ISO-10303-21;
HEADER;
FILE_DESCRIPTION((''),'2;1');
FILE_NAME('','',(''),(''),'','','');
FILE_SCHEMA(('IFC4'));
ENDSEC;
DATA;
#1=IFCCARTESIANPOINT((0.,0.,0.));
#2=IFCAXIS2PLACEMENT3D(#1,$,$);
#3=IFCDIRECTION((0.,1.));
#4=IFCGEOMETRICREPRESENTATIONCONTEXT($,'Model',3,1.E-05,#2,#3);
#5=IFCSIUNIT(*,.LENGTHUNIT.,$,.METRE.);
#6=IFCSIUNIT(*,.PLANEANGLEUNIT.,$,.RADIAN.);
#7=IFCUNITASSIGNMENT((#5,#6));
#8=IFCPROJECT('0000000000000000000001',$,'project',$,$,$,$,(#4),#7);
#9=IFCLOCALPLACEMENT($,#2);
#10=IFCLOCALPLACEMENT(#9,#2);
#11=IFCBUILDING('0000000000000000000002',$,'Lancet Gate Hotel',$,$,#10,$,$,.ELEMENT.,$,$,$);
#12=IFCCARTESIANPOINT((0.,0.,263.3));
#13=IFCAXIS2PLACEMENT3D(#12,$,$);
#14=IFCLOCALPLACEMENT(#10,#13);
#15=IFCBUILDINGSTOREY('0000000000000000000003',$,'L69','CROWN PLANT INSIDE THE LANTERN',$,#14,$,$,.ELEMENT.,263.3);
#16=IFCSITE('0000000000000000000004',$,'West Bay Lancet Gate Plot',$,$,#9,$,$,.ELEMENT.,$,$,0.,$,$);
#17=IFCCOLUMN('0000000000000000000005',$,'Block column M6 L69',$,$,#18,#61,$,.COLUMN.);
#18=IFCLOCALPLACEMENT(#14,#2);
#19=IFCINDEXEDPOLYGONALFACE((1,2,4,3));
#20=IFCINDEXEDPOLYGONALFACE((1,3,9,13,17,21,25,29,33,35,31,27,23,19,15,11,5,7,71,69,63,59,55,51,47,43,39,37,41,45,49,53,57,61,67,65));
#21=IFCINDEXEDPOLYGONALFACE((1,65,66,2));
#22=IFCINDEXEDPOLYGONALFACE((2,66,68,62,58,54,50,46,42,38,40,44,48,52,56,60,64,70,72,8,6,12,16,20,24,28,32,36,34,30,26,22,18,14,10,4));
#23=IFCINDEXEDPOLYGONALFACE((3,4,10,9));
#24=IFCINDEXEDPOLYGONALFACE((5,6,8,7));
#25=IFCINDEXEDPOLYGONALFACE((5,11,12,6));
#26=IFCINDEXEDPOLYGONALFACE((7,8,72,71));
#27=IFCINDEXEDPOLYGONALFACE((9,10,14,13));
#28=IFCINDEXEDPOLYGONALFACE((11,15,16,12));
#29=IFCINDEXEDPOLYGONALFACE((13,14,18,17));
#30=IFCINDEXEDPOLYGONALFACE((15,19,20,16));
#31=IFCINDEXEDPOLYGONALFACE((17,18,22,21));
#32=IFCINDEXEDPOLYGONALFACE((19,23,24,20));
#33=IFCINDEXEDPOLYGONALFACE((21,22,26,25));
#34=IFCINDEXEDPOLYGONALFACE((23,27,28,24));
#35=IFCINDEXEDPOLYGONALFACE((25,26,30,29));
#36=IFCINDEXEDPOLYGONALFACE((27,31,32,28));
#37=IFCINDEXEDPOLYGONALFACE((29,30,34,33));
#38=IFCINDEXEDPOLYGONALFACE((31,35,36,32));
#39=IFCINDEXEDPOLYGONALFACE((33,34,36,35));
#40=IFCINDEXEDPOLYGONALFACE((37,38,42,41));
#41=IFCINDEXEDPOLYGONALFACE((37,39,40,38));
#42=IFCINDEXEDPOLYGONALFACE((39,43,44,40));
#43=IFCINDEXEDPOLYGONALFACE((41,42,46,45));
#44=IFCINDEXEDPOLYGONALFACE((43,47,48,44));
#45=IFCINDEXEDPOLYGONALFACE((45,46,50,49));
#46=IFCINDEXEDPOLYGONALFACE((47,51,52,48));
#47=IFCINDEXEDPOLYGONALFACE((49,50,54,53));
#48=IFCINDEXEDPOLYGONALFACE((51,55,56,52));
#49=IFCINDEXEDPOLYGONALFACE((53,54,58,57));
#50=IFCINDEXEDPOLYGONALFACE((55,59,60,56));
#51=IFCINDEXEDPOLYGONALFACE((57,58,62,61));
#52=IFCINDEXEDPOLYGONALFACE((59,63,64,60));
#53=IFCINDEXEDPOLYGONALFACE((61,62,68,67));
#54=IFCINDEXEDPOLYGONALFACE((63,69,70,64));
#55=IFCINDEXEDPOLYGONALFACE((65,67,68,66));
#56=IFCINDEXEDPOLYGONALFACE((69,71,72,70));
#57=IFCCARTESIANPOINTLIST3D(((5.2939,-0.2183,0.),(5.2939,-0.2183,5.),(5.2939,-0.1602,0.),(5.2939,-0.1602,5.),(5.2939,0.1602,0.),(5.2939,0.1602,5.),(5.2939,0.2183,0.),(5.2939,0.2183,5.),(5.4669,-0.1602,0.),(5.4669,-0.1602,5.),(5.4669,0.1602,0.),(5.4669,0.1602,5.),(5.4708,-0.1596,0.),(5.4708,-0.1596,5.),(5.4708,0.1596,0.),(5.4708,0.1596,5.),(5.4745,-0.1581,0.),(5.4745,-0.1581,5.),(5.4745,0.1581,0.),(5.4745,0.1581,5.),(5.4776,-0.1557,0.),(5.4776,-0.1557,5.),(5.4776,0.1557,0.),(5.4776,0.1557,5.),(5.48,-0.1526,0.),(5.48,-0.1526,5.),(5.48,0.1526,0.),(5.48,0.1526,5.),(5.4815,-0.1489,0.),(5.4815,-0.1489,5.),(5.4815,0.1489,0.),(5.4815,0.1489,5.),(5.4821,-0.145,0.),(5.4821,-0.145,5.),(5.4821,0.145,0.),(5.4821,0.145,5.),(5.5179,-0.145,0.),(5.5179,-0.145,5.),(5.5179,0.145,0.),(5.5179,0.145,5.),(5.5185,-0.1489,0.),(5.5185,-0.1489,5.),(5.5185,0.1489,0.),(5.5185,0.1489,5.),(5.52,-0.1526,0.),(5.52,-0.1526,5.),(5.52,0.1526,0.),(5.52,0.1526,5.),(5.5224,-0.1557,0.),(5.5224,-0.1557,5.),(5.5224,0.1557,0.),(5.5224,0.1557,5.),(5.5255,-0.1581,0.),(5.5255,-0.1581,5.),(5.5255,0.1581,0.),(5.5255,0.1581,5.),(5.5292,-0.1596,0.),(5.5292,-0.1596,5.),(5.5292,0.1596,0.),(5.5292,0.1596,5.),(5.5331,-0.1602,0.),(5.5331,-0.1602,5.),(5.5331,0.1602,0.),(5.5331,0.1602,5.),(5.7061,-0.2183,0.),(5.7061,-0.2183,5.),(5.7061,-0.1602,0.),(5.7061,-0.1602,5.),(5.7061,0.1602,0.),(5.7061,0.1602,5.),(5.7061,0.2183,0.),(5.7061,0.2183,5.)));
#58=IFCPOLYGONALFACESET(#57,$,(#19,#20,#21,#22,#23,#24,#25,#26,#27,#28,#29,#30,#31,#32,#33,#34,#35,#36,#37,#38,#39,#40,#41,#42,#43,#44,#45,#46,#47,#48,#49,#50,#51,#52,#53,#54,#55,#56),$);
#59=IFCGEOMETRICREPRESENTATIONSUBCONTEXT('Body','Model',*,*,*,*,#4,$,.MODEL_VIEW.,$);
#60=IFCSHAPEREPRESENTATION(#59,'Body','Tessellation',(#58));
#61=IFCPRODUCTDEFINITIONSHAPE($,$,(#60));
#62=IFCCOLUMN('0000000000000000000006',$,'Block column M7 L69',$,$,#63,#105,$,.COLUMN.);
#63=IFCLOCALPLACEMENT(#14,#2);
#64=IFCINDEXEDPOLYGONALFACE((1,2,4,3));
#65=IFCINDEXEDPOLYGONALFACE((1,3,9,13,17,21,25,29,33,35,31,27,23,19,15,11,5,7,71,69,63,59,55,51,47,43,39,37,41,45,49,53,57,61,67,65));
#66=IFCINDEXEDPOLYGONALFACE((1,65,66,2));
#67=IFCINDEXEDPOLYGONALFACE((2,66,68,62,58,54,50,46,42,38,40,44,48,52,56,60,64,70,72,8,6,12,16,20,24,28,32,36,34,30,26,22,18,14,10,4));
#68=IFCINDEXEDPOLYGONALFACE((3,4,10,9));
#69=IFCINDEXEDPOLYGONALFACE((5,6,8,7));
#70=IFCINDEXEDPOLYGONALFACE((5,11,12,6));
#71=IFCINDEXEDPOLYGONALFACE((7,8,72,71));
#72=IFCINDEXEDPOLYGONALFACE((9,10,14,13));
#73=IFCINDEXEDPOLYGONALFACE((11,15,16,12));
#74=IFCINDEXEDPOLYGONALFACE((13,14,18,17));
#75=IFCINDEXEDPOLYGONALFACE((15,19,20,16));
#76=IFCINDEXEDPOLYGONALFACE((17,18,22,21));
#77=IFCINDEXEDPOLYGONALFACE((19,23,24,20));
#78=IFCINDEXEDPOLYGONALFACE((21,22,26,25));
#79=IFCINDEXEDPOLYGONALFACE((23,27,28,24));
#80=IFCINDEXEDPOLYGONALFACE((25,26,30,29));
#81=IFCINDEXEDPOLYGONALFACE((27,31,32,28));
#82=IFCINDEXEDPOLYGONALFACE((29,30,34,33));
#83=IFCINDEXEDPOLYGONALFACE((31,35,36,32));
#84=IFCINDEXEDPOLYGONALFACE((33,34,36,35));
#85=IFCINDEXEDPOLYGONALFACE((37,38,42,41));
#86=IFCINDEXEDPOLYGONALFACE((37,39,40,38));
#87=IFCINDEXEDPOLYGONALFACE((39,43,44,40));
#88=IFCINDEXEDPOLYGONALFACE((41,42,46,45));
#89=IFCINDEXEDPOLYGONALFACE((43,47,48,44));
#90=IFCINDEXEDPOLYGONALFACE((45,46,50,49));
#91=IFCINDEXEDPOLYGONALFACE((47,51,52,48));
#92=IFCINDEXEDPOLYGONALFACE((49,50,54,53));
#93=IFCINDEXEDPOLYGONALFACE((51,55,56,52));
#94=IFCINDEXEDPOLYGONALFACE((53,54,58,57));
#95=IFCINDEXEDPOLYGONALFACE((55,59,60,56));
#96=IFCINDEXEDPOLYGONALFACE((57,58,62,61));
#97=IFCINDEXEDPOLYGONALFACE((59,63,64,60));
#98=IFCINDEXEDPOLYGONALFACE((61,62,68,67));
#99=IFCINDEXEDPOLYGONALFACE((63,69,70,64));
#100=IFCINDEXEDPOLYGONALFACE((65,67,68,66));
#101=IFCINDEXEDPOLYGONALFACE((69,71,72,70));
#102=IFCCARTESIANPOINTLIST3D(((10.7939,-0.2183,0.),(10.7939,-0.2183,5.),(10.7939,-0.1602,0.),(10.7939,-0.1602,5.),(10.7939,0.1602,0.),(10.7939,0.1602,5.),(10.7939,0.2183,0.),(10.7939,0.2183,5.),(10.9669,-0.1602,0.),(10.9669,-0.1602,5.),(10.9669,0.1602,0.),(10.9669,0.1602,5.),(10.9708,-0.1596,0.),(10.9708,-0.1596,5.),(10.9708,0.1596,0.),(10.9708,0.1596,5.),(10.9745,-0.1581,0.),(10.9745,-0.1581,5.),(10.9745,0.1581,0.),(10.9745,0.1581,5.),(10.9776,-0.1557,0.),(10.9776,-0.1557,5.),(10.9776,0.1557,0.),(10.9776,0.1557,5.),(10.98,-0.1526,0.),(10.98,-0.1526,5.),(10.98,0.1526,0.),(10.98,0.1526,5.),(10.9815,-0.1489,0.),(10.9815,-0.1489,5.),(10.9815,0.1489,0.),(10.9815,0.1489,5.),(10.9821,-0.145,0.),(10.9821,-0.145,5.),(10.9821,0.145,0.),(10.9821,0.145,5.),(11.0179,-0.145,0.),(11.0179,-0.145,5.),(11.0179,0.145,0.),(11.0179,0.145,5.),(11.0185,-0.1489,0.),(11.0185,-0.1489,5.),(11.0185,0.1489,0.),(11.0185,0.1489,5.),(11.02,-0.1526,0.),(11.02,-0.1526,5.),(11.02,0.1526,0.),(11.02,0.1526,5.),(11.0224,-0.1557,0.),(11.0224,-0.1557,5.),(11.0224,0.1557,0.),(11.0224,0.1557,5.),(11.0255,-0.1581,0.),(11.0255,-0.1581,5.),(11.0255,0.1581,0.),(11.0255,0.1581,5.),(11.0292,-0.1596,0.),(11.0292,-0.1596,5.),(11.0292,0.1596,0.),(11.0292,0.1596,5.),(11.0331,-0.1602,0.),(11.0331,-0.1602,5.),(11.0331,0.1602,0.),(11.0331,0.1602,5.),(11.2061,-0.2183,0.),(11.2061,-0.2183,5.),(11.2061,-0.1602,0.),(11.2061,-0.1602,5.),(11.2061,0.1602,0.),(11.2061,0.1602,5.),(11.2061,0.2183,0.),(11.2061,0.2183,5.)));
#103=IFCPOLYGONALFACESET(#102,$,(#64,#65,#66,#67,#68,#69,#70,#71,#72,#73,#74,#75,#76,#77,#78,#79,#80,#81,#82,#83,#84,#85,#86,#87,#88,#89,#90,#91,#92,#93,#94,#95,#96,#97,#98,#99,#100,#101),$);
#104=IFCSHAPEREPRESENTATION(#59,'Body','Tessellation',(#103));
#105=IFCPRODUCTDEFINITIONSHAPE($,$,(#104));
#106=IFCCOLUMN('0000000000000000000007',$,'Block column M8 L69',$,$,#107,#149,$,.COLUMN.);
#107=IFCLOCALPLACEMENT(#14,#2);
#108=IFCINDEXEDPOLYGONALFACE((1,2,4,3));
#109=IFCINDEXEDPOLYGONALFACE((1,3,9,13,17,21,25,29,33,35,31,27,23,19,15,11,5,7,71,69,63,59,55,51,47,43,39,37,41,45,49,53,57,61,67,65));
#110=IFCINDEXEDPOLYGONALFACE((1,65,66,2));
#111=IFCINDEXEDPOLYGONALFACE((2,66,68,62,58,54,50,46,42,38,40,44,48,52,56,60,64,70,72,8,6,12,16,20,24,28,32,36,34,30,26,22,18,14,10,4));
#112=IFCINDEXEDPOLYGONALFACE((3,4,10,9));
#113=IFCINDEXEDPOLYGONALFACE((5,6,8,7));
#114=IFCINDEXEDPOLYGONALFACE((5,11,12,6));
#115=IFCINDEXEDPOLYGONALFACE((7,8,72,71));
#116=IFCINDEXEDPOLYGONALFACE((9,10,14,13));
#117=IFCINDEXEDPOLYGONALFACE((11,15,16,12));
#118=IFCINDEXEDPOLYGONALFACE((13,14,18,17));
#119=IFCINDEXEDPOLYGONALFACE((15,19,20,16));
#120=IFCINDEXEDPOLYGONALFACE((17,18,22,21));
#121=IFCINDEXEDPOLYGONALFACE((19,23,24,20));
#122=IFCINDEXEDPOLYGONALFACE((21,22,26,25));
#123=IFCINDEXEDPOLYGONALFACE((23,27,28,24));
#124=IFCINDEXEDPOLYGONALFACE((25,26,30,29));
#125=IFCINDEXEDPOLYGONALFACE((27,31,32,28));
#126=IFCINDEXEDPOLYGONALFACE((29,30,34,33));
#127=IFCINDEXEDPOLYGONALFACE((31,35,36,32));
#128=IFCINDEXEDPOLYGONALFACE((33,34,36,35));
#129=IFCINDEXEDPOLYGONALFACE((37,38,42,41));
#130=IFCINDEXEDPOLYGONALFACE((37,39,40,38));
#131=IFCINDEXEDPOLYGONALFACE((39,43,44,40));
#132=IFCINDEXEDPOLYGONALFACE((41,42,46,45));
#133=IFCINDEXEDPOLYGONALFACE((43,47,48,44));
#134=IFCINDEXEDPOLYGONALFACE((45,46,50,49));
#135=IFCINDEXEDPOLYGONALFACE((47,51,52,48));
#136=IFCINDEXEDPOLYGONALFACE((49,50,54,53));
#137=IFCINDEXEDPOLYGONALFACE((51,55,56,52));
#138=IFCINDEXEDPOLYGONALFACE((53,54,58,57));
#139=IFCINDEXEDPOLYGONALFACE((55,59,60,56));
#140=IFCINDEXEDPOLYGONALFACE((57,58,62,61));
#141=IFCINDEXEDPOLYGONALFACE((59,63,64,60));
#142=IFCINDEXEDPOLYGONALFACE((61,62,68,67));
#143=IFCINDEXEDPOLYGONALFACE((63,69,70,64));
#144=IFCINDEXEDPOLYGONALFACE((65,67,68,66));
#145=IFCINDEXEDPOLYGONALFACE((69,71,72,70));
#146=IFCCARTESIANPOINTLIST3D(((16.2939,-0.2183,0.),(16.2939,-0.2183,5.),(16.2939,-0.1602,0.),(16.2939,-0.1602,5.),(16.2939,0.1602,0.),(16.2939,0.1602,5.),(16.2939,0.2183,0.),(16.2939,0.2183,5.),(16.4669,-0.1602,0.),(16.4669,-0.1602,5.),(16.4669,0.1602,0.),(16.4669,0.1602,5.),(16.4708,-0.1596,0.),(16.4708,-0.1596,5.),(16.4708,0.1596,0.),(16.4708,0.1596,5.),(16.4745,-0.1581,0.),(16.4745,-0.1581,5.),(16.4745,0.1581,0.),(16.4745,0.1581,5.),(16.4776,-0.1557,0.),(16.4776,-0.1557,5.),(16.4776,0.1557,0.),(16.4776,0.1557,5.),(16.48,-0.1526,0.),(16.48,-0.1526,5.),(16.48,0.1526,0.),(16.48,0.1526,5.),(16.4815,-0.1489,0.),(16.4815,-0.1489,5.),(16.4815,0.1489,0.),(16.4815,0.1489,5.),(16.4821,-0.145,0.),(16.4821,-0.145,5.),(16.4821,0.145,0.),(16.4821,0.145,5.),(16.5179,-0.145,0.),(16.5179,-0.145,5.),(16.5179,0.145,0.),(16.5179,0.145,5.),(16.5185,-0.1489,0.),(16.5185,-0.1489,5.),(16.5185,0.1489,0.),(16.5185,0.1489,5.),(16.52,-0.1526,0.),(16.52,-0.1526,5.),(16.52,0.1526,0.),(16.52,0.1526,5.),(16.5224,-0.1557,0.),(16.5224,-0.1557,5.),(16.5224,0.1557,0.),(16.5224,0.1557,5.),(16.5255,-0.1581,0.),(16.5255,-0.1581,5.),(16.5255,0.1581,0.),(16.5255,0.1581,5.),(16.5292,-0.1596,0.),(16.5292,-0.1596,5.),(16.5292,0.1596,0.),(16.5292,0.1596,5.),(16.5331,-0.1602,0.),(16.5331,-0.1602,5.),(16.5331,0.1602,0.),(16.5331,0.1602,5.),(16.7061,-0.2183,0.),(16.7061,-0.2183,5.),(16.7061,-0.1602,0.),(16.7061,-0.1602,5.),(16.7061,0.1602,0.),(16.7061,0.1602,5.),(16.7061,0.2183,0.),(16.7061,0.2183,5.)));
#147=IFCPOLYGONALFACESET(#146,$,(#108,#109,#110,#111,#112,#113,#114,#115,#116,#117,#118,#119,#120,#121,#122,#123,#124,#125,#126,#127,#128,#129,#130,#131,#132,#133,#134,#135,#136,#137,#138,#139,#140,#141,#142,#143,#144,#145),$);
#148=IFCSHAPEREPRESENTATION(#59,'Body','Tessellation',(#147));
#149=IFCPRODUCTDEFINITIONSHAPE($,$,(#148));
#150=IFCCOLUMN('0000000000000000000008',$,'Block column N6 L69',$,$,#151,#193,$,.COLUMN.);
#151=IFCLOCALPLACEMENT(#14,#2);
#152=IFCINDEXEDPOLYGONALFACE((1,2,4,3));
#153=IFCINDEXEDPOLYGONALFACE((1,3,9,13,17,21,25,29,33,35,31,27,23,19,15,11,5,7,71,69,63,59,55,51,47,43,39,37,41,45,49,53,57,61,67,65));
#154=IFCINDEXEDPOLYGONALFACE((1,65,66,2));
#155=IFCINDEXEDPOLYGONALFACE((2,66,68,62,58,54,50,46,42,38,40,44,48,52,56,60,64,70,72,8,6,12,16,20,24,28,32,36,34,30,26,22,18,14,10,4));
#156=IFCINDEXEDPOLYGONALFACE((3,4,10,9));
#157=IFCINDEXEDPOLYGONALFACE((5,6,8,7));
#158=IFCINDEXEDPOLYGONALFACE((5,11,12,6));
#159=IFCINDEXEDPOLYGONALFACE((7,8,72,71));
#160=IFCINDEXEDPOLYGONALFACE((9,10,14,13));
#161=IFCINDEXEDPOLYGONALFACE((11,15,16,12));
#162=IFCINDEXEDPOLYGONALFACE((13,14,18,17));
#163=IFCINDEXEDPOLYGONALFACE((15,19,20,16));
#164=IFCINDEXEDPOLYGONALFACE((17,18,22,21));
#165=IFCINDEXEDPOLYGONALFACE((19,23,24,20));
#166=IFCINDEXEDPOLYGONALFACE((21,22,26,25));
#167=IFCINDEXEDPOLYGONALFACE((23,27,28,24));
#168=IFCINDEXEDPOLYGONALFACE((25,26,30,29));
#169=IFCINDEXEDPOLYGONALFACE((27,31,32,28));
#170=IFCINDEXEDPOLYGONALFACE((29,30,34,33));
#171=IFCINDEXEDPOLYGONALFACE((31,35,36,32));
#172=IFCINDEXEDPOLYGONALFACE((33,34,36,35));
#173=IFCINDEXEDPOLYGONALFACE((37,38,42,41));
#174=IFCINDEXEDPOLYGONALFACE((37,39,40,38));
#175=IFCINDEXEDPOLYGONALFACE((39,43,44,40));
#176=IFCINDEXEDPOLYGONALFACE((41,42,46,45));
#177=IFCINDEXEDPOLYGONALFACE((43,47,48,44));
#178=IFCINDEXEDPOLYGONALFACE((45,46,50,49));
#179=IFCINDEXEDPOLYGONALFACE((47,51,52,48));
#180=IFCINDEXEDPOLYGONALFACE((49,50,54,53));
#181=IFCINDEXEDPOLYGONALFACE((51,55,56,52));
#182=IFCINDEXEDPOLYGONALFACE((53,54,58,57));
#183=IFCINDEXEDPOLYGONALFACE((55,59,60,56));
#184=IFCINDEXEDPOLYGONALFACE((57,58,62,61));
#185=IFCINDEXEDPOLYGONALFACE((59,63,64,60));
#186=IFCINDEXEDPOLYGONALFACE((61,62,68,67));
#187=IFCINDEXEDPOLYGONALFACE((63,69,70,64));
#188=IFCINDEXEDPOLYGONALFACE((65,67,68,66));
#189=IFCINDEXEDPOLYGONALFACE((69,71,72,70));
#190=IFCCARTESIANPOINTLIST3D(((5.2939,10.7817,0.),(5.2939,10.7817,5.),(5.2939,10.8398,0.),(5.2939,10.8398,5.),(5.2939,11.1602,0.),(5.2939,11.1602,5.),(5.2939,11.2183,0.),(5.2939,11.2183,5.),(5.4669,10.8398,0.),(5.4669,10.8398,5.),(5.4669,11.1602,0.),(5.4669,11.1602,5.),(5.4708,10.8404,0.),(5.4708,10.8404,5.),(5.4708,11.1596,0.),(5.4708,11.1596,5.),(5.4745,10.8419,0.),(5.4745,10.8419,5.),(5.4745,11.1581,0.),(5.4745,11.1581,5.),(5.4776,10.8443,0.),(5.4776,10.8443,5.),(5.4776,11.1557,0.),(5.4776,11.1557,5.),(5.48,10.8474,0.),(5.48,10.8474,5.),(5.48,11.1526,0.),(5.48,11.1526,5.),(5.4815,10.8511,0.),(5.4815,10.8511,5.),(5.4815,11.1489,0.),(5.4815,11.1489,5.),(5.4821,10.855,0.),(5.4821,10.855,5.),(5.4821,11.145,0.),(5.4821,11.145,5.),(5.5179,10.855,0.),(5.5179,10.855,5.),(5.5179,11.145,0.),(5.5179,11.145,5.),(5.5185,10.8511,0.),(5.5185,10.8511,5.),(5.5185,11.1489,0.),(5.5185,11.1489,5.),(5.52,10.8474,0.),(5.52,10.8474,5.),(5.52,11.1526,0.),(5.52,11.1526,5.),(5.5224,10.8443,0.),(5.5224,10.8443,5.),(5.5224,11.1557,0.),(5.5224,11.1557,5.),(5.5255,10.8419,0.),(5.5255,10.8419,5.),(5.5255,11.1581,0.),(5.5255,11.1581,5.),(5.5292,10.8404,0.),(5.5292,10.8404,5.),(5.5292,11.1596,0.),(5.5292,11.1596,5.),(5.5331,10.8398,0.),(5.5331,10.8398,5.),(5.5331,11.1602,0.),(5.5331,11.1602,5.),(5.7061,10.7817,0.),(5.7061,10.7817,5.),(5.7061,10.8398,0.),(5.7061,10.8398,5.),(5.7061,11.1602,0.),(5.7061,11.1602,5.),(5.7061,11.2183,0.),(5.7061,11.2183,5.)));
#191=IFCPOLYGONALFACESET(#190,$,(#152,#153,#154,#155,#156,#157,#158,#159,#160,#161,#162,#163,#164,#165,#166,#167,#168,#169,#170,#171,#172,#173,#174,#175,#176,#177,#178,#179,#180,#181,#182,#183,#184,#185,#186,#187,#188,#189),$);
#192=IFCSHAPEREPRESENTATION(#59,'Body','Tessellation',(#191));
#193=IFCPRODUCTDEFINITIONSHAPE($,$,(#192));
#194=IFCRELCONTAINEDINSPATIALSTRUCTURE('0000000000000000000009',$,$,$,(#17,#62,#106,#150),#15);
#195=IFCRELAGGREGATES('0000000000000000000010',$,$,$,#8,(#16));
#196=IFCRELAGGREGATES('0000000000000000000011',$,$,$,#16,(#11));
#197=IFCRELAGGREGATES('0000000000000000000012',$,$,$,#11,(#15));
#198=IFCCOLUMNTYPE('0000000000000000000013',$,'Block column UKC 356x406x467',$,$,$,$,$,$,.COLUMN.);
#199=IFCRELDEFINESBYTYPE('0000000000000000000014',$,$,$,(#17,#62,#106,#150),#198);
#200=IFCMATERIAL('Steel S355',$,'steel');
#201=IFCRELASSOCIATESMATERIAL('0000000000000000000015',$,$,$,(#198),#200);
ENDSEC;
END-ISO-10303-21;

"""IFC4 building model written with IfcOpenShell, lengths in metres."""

from ifc_helpers import new_model, si_unit, direction, frame, origin, origin_2d, place, context, subcontext, project, spatial, i_section, extrude, material, material_profile, profile_set, type_object, element, save


model = new_model("IFC4")

# Units and contexts
model_context = context("Model", 3, precision=1e-05, world=origin(), true_north=direction((0.0, 1.0)))
body_context = subcontext(model_context, "Body", "Model", "MODEL_VIEW")
ifc_project = project(units=[si_unit("LENGTHUNIT", "METRE"), si_unit("PLANEANGLEUNIT", "RADIAN")], contexts=[model_context])

# Site, building, storey
site_placement = place(None, origin())
site = spatial("IfcSite", under=ifc_project, at=site_placement, Name="West Bay Lancet Gate Plot", CompositionType="ELEMENT", RefElevation=0.0)
building_placement = place(site_placement, origin())
building = spatial("IfcBuilding", under=site, at=building_placement, Name="Lancet Gate Hotel", CompositionType="ELEMENT")
storey_placement = place(building_placement, frame((0.0, 0.0, 263.3)))
storey = spatial("IfcBuildingStorey", under=building, at=storey_placement, Name="L69", Description="CROWN PLANT INSIDE THE LANTERN", CompositionType="ELEMENT", Elevation=263.3)

# Columns
ifc_material_1 = material(Name="Steel S355", Category="steel")
ifc_material_profile_1 = material_profile(ifc_material_1, i_section(OverallWidth=0.4121, OverallDepth=0.4365, WebThickness=0.0359, FlangeThickness=0.0581, FilletRadius=0.0151, at=origin_2d()), Name="UKC 356x406x467")
ifc_profile_set_1 = profile_set([ifc_material_profile_1], Name="Steel S355")
column_type = type_object("IfcColumnType", Name="Block column UKC 356x406x467", PredefinedType="COLUMN", material=ifc_profile_set_1)
for number, where, z_axis, x_axis, name in (
    (1, (5.5, 0.0, 0.0), (0.0, 0.0, 1.0), (1.0, 0.0, 0.0), "Block column M6 L69"),
    (2, (11.0, 0.0, 0.0), (0.0, 0.0, 1.0), (1.0, 0.0, 0.0), "Block column M7 L69"),
    (3, (16.5, 0.0, 0.0), (0.0, 0.0, 1.0), (1.0, 0.0, 0.0), "Block column M8 L69"),
    (4, (5.5, 11.0, 0.0), (0.0, 0.0, 1.0), (1.0, 0.0, 0.0), "Block column N6 L69"),
):
    element("IfcColumn", number, at=place(storey_placement, frame(where, z_axis=z_axis, x_axis=x_axis)), inside=storey, type_object=column_type, Name=name, PredefinedType="COLUMN", context=body_context, shape_type="SweptSolid", body=[
        extrude(i_section(OverallWidth=0.4121, OverallDepth=0.4365, WebThickness=0.0359, FlangeThickness=0.0581, FilletRadius=0.0151, at=origin_2d()), origin(), (0.0, 0.0, 1.0), 5.0),
    ])

save(model, "model.ifc")
